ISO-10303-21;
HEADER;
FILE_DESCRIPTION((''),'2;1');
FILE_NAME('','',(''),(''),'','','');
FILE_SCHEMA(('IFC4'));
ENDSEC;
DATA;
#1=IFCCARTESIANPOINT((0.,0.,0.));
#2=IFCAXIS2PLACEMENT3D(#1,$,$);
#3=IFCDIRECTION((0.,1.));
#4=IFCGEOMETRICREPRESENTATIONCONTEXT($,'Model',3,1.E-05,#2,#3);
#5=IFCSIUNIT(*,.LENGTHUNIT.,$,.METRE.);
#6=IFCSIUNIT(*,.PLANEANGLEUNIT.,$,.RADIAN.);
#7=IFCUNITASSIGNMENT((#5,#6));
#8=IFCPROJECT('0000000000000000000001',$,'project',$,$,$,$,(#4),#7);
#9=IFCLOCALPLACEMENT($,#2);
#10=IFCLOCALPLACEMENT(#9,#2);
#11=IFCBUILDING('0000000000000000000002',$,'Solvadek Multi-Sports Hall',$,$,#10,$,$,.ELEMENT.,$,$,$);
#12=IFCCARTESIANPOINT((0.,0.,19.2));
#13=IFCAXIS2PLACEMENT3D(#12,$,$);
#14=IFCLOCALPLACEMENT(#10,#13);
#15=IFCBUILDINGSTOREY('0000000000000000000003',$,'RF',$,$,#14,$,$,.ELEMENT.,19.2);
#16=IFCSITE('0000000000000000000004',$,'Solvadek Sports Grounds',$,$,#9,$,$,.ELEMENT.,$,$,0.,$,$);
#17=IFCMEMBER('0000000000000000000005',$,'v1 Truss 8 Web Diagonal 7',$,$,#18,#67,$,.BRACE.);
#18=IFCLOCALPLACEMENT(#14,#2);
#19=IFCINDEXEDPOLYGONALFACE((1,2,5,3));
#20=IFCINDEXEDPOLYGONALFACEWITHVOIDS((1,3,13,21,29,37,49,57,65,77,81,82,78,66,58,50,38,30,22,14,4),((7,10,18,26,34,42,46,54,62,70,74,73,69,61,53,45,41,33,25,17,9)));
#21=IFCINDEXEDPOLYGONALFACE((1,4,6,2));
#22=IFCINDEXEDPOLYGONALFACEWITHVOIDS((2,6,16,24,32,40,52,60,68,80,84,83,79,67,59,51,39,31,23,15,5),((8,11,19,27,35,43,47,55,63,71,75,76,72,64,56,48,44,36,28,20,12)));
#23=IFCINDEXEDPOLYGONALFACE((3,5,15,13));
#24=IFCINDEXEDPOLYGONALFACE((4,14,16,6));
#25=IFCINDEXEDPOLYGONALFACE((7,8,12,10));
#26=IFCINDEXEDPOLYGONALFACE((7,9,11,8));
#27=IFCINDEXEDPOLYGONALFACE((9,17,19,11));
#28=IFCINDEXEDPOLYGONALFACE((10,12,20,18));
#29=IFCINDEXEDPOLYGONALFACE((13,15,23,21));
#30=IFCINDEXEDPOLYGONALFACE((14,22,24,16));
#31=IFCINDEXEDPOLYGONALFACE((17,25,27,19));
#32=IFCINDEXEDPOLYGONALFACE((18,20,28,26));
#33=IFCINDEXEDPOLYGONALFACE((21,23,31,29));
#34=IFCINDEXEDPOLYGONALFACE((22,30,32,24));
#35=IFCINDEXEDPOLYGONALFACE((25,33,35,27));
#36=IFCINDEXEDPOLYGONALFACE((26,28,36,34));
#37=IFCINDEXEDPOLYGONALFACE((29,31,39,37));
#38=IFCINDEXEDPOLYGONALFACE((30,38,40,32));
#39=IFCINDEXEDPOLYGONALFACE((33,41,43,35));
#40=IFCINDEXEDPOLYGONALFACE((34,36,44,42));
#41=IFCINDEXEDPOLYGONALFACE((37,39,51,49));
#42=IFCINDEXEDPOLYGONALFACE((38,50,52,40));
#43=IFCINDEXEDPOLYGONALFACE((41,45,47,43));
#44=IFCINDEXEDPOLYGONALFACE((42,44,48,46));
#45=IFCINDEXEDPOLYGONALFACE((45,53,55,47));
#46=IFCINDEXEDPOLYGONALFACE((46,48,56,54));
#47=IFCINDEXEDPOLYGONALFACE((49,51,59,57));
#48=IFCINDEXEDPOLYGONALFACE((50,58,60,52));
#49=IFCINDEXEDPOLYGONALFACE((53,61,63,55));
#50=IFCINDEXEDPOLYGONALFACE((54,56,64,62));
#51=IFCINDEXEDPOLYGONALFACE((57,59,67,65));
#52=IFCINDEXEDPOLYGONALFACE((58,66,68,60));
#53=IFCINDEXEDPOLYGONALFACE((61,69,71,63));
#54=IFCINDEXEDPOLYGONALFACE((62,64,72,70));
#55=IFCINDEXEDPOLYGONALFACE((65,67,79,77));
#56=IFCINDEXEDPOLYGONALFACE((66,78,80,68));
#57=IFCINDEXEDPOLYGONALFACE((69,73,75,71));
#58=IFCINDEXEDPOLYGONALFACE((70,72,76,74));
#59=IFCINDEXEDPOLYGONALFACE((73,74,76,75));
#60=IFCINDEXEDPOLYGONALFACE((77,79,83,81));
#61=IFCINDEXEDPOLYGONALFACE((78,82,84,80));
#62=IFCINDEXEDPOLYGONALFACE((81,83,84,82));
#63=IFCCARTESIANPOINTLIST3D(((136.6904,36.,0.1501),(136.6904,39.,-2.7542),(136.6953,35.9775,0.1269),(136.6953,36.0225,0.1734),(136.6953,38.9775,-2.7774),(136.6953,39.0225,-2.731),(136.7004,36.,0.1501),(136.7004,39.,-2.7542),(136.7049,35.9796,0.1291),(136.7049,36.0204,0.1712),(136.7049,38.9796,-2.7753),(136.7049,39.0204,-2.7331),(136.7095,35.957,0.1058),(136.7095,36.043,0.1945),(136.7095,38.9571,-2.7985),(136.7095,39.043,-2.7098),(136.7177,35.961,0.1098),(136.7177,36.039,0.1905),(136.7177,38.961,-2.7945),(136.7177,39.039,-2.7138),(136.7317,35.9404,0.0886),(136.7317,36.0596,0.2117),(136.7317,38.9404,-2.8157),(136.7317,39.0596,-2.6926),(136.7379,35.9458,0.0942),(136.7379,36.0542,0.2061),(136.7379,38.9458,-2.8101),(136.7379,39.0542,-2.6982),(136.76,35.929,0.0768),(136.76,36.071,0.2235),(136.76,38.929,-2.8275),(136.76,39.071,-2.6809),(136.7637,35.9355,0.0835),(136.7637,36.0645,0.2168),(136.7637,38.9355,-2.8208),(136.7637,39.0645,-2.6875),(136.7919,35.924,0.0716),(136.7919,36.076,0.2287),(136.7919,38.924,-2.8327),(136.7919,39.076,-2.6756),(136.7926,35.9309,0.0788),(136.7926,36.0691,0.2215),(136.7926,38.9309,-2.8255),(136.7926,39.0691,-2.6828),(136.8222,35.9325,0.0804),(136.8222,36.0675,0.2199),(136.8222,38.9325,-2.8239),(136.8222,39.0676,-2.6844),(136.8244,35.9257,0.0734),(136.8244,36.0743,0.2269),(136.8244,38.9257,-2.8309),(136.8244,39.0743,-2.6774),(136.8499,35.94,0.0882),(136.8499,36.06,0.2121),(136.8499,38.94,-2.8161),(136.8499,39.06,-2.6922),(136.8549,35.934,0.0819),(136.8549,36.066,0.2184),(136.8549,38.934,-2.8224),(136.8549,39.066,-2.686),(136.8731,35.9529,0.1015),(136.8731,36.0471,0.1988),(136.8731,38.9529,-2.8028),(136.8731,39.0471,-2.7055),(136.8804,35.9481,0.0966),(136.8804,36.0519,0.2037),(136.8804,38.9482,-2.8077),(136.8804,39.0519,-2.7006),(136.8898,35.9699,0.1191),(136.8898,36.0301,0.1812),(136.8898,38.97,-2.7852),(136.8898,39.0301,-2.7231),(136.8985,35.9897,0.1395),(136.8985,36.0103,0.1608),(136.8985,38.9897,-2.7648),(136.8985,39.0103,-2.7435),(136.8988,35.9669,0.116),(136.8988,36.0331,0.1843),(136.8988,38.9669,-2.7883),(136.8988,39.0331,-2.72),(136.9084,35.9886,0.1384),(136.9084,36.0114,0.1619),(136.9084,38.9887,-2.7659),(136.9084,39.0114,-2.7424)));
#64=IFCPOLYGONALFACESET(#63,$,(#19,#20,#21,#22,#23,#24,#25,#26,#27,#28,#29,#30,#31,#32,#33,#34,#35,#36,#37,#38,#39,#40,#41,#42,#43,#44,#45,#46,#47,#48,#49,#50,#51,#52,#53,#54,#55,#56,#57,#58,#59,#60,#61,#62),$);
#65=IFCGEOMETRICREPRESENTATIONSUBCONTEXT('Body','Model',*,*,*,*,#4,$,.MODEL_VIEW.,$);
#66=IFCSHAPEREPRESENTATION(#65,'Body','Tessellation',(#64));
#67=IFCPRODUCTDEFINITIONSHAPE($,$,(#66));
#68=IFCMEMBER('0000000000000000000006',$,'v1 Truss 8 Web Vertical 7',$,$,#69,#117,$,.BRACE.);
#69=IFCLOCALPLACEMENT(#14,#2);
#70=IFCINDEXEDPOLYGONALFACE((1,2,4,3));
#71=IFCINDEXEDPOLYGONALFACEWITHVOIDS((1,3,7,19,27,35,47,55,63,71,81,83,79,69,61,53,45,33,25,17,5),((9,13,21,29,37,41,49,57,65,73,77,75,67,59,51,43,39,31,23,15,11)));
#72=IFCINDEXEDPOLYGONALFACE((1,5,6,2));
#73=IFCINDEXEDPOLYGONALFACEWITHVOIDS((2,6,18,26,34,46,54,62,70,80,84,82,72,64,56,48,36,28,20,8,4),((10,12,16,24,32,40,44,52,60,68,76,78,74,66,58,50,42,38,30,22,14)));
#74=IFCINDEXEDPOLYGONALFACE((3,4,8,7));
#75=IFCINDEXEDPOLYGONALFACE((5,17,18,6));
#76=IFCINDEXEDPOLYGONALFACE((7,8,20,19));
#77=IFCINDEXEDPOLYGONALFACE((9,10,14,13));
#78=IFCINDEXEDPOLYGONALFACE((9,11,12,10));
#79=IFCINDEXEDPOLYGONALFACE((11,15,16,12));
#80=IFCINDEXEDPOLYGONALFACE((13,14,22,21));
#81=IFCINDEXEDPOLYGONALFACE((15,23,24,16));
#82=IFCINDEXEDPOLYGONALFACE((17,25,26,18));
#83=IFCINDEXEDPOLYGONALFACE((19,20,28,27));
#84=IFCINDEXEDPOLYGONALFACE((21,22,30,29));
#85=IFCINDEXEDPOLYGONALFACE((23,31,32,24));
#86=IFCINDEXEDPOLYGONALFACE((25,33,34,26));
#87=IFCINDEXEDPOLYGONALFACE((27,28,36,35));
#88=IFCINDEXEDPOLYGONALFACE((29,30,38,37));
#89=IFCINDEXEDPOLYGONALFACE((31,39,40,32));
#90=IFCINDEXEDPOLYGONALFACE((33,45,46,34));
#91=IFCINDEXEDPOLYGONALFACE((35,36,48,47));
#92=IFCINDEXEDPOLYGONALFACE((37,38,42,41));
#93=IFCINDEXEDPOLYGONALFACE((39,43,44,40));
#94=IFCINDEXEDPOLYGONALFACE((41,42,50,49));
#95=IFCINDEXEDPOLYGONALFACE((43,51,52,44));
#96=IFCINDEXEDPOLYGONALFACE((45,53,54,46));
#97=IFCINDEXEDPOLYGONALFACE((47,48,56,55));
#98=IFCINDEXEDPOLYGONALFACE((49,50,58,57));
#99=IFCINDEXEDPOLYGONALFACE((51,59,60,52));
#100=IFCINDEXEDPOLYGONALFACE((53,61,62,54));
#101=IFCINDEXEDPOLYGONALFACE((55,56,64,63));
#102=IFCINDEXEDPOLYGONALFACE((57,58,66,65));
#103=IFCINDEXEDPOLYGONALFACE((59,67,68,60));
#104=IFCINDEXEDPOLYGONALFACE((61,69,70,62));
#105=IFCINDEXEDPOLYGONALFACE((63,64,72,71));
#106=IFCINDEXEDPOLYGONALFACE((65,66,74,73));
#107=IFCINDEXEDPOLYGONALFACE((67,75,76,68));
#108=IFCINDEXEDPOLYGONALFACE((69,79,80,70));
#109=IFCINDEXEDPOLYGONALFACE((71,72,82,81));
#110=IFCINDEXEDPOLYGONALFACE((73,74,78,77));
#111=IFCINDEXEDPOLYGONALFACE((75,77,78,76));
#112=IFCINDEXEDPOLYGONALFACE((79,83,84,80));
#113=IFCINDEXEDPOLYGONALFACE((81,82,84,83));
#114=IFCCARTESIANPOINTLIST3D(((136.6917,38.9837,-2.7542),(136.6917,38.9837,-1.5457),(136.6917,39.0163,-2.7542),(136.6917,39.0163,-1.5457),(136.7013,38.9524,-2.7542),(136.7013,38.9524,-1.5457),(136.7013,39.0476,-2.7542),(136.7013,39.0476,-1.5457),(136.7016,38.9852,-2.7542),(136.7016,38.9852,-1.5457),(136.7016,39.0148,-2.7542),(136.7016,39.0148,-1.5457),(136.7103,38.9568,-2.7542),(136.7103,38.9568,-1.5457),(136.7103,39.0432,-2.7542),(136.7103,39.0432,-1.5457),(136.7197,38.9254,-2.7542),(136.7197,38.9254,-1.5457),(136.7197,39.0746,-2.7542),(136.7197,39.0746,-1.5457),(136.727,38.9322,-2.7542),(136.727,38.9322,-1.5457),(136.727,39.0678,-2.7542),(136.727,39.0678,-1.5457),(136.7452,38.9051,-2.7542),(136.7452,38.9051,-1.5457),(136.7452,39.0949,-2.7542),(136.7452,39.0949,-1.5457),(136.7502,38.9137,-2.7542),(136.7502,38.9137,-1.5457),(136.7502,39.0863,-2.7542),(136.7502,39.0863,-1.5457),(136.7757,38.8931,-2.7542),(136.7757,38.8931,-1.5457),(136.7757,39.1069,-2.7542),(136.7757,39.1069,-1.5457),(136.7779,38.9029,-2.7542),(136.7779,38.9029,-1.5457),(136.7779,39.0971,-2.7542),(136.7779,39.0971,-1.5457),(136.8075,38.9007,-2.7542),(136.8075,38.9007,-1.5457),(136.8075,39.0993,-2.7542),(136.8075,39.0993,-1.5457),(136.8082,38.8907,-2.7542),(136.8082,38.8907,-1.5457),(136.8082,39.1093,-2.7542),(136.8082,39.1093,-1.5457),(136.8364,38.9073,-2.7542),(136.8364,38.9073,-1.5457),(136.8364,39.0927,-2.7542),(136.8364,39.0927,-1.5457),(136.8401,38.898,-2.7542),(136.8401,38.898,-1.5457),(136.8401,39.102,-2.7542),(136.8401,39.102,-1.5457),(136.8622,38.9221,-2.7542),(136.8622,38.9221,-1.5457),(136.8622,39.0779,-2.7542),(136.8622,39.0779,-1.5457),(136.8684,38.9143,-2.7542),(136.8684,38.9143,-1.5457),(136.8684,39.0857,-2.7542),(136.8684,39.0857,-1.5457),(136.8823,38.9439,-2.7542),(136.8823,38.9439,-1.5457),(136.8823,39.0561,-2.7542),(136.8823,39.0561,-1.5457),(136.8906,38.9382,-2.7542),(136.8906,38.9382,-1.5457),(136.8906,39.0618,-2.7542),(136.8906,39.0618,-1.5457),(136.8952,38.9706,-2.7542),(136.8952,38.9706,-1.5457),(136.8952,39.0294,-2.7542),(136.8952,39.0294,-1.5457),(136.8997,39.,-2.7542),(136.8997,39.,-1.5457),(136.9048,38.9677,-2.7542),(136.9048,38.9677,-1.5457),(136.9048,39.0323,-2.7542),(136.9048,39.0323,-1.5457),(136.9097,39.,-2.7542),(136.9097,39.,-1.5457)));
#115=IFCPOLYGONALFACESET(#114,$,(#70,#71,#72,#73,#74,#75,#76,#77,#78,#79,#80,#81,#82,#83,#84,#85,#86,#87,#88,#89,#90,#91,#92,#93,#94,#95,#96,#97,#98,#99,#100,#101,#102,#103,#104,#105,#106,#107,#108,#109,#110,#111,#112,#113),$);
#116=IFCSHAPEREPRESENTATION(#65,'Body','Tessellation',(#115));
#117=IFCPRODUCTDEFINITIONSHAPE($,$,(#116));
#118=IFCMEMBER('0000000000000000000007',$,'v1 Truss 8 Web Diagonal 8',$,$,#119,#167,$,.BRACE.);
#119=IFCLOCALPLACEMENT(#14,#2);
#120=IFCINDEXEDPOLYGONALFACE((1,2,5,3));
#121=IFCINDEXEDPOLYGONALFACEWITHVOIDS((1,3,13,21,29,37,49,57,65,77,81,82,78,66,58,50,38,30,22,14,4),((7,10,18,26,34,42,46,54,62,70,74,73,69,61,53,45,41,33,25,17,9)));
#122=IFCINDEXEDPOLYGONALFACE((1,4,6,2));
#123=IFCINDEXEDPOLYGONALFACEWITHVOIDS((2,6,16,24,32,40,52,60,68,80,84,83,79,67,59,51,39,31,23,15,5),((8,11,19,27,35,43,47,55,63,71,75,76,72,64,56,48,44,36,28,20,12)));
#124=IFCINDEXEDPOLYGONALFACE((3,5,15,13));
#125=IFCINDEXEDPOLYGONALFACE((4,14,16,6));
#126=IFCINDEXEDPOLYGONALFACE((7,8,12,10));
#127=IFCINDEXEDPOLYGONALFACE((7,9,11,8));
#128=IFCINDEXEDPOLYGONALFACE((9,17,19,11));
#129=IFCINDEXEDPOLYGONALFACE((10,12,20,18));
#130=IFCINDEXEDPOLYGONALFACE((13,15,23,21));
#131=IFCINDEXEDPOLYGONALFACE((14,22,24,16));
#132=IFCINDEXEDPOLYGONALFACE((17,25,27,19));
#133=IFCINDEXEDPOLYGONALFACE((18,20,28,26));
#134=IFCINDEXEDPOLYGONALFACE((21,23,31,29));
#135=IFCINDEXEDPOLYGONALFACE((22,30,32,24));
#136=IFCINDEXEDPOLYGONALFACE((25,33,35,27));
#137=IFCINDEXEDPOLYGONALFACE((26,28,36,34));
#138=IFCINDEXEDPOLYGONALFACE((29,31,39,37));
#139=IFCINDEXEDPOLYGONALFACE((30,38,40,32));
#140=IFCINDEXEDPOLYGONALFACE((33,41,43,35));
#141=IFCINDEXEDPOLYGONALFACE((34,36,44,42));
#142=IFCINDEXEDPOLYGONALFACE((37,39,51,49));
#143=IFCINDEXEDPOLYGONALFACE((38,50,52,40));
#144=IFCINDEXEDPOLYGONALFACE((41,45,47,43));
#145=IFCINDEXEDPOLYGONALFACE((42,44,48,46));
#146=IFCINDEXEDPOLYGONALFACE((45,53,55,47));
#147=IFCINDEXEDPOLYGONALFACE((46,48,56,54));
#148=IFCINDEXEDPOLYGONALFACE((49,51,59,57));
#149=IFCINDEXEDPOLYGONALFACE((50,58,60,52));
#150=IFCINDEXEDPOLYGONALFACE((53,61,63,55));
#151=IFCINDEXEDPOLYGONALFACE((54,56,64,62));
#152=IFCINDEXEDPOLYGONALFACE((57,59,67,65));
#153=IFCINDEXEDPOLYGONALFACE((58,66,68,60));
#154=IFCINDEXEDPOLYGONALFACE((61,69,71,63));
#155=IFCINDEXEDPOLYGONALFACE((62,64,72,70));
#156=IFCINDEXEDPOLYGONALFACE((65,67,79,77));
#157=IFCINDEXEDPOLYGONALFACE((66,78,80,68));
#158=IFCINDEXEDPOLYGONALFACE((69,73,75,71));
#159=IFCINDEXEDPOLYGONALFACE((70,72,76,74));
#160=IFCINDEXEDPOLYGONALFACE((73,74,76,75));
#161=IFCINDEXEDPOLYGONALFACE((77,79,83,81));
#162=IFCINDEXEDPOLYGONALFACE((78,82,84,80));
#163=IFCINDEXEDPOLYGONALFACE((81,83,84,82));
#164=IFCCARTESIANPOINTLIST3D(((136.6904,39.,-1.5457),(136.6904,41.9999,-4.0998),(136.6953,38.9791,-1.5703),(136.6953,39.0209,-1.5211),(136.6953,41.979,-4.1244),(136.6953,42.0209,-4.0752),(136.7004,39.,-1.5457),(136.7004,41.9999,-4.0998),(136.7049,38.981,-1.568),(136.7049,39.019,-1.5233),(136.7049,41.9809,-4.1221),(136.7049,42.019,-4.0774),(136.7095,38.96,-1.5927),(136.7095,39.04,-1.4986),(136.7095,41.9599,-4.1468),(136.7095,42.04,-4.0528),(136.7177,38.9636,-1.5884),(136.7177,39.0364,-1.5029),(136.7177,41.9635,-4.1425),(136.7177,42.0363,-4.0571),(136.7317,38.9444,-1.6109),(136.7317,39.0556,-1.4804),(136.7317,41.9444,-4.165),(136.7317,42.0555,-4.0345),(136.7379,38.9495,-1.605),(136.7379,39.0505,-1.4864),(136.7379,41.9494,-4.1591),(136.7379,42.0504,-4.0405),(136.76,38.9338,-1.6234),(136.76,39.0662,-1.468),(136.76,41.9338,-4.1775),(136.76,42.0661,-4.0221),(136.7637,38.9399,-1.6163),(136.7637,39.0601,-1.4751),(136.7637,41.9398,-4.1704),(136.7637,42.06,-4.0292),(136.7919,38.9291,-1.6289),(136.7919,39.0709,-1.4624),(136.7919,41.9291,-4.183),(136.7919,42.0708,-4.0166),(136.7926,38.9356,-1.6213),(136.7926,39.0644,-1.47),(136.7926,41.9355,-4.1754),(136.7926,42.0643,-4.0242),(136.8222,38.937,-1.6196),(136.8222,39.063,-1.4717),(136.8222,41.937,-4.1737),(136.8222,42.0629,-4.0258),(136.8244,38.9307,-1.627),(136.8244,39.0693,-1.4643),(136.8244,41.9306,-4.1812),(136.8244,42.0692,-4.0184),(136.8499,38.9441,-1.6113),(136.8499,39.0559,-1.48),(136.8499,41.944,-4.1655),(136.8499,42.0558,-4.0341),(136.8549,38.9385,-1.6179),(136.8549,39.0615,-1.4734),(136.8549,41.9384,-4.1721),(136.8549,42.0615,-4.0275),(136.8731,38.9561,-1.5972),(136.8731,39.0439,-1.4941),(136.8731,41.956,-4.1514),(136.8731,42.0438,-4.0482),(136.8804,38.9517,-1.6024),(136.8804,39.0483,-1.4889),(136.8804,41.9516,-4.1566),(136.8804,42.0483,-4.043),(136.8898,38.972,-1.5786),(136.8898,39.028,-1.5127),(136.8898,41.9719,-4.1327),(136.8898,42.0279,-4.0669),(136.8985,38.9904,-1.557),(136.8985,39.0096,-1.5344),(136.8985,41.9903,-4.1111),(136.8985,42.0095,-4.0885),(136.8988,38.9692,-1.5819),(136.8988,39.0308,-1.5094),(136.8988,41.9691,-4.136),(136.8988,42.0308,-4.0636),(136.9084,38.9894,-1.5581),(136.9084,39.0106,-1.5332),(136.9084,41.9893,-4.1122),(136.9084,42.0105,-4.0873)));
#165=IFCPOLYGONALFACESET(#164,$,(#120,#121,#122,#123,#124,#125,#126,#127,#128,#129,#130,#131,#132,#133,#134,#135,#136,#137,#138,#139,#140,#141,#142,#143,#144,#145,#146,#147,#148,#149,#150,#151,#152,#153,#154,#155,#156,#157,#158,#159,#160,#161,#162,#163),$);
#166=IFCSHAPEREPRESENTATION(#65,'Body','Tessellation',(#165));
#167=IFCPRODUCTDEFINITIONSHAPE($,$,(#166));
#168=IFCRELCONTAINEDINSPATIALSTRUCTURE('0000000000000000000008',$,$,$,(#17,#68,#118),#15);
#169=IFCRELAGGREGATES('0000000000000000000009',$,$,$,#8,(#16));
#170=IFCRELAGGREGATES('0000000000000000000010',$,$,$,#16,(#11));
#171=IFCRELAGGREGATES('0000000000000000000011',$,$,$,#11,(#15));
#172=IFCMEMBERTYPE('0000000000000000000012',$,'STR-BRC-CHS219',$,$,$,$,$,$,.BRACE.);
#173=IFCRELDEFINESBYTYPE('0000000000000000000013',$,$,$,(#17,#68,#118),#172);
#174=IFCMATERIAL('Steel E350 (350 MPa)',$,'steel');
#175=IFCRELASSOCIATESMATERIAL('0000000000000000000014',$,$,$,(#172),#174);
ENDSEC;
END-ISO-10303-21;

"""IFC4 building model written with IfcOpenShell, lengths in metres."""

from ifc_helpers import new_model, si_unit, direction, frame, origin, origin_2d, place, context, subcontext, project, spatial, hollow_circle, extrude, material, material_profile, profile_set, type_object, element, save


model = new_model("IFC4")

# Units and contexts
model_context = context("Model", 3, precision=1e-05, world=origin(), true_north=direction((0.0, 1.0)))
body_context = subcontext(model_context, "Body", "Model", "MODEL_VIEW")
ifc_project = project(units=[si_unit("LENGTHUNIT", "METRE"), si_unit("PLANEANGLEUNIT", "RADIAN")], contexts=[model_context])

# Site, building, storey
site_placement = place(None, origin())
site = spatial("IfcSite", under=ifc_project, at=site_placement, Name="Solvadek Sports Grounds", CompositionType="ELEMENT", RefElevation=0.0)
building_placement = place(site_placement, origin())
building = spatial("IfcBuilding", under=site, at=building_placement, Name="Solvadek Multi-Sports Hall", CompositionType="ELEMENT")
storey_placement = place(building_placement, frame((0.0, 0.0, 19.2)))
storey = spatial("IfcBuildingStorey", under=building, at=storey_placement, Name="RF", CompositionType="ELEMENT", Elevation=19.2)

# Members
ifc_material_1 = material(Name="Steel E350 (350 MPa)", Category="steel")
ifc_material_profile_1 = material_profile(ifc_material_1, hollow_circle(Radius=0.1096, WallThickness=0.01, at=origin_2d()), Name="CHS 219.1x10")
ifc_profile_set_1 = profile_set([ifc_material_profile_1], Name="Steel E350 (350 MPa)")
member_type_1 = type_object("IfcMemberType", Name="STR-BRC-CHS219", PredefinedType="BRACE", material=ifc_profile_set_1)
member_1_placement = place(storey_placement, frame((136.8, 36.0, 0.1501), z_axis=(0.0, 0.718474, -0.695554), x_axis=(-1.0, 0.0, 0.0)))
element("IfcMember", 1, at=member_1_placement, inside=storey, type_object=member_type_1, Name="v1 Truss 8 Web Diagonal 7", PredefinedType="BRACE", context=body_context, shape_type="SweptSolid", body=[
    extrude(hollow_circle(Radius=0.1096, WallThickness=0.01, at=origin_2d()), origin(), (0.0, 0.0, 1.0), 4.1755),
])
member_2_placement = place(storey_placement, frame((136.8, 39.0, -2.7542), z_axis=(0.0, 0.0, 1.0), x_axis=(1.0, 0.0, 0.0)))
element("IfcMember", 2, at=member_2_placement, inside=storey, type_object=member_type_1, Name="v1 Truss 8 Web Vertical 7", PredefinedType="BRACE", context=body_context, shape_type="SweptSolid", body=[
    extrude(hollow_circle(Radius=0.1096, WallThickness=0.01, at=origin_2d()), origin(), (0.0, 0.0, 1.0), 1.2085),
])
member_3_placement = place(storey_placement, frame((136.8, 39.0, -1.5457), z_axis=(0.0, 0.761413, -0.648267), x_axis=(-1.0, 0.0, 0.0)))
element("IfcMember", 3, at=member_3_placement, inside=storey, type_object=member_type_1, Name="v1 Truss 8 Web Diagonal 8", PredefinedType="BRACE", context=body_context, shape_type="SweptSolid", body=[
    extrude(hollow_circle(Radius=0.1096, WallThickness=0.01, at=origin_2d()), origin(), (0.0, 0.0, 1.0), 3.9399),
])

save(model, "model.ifc")
